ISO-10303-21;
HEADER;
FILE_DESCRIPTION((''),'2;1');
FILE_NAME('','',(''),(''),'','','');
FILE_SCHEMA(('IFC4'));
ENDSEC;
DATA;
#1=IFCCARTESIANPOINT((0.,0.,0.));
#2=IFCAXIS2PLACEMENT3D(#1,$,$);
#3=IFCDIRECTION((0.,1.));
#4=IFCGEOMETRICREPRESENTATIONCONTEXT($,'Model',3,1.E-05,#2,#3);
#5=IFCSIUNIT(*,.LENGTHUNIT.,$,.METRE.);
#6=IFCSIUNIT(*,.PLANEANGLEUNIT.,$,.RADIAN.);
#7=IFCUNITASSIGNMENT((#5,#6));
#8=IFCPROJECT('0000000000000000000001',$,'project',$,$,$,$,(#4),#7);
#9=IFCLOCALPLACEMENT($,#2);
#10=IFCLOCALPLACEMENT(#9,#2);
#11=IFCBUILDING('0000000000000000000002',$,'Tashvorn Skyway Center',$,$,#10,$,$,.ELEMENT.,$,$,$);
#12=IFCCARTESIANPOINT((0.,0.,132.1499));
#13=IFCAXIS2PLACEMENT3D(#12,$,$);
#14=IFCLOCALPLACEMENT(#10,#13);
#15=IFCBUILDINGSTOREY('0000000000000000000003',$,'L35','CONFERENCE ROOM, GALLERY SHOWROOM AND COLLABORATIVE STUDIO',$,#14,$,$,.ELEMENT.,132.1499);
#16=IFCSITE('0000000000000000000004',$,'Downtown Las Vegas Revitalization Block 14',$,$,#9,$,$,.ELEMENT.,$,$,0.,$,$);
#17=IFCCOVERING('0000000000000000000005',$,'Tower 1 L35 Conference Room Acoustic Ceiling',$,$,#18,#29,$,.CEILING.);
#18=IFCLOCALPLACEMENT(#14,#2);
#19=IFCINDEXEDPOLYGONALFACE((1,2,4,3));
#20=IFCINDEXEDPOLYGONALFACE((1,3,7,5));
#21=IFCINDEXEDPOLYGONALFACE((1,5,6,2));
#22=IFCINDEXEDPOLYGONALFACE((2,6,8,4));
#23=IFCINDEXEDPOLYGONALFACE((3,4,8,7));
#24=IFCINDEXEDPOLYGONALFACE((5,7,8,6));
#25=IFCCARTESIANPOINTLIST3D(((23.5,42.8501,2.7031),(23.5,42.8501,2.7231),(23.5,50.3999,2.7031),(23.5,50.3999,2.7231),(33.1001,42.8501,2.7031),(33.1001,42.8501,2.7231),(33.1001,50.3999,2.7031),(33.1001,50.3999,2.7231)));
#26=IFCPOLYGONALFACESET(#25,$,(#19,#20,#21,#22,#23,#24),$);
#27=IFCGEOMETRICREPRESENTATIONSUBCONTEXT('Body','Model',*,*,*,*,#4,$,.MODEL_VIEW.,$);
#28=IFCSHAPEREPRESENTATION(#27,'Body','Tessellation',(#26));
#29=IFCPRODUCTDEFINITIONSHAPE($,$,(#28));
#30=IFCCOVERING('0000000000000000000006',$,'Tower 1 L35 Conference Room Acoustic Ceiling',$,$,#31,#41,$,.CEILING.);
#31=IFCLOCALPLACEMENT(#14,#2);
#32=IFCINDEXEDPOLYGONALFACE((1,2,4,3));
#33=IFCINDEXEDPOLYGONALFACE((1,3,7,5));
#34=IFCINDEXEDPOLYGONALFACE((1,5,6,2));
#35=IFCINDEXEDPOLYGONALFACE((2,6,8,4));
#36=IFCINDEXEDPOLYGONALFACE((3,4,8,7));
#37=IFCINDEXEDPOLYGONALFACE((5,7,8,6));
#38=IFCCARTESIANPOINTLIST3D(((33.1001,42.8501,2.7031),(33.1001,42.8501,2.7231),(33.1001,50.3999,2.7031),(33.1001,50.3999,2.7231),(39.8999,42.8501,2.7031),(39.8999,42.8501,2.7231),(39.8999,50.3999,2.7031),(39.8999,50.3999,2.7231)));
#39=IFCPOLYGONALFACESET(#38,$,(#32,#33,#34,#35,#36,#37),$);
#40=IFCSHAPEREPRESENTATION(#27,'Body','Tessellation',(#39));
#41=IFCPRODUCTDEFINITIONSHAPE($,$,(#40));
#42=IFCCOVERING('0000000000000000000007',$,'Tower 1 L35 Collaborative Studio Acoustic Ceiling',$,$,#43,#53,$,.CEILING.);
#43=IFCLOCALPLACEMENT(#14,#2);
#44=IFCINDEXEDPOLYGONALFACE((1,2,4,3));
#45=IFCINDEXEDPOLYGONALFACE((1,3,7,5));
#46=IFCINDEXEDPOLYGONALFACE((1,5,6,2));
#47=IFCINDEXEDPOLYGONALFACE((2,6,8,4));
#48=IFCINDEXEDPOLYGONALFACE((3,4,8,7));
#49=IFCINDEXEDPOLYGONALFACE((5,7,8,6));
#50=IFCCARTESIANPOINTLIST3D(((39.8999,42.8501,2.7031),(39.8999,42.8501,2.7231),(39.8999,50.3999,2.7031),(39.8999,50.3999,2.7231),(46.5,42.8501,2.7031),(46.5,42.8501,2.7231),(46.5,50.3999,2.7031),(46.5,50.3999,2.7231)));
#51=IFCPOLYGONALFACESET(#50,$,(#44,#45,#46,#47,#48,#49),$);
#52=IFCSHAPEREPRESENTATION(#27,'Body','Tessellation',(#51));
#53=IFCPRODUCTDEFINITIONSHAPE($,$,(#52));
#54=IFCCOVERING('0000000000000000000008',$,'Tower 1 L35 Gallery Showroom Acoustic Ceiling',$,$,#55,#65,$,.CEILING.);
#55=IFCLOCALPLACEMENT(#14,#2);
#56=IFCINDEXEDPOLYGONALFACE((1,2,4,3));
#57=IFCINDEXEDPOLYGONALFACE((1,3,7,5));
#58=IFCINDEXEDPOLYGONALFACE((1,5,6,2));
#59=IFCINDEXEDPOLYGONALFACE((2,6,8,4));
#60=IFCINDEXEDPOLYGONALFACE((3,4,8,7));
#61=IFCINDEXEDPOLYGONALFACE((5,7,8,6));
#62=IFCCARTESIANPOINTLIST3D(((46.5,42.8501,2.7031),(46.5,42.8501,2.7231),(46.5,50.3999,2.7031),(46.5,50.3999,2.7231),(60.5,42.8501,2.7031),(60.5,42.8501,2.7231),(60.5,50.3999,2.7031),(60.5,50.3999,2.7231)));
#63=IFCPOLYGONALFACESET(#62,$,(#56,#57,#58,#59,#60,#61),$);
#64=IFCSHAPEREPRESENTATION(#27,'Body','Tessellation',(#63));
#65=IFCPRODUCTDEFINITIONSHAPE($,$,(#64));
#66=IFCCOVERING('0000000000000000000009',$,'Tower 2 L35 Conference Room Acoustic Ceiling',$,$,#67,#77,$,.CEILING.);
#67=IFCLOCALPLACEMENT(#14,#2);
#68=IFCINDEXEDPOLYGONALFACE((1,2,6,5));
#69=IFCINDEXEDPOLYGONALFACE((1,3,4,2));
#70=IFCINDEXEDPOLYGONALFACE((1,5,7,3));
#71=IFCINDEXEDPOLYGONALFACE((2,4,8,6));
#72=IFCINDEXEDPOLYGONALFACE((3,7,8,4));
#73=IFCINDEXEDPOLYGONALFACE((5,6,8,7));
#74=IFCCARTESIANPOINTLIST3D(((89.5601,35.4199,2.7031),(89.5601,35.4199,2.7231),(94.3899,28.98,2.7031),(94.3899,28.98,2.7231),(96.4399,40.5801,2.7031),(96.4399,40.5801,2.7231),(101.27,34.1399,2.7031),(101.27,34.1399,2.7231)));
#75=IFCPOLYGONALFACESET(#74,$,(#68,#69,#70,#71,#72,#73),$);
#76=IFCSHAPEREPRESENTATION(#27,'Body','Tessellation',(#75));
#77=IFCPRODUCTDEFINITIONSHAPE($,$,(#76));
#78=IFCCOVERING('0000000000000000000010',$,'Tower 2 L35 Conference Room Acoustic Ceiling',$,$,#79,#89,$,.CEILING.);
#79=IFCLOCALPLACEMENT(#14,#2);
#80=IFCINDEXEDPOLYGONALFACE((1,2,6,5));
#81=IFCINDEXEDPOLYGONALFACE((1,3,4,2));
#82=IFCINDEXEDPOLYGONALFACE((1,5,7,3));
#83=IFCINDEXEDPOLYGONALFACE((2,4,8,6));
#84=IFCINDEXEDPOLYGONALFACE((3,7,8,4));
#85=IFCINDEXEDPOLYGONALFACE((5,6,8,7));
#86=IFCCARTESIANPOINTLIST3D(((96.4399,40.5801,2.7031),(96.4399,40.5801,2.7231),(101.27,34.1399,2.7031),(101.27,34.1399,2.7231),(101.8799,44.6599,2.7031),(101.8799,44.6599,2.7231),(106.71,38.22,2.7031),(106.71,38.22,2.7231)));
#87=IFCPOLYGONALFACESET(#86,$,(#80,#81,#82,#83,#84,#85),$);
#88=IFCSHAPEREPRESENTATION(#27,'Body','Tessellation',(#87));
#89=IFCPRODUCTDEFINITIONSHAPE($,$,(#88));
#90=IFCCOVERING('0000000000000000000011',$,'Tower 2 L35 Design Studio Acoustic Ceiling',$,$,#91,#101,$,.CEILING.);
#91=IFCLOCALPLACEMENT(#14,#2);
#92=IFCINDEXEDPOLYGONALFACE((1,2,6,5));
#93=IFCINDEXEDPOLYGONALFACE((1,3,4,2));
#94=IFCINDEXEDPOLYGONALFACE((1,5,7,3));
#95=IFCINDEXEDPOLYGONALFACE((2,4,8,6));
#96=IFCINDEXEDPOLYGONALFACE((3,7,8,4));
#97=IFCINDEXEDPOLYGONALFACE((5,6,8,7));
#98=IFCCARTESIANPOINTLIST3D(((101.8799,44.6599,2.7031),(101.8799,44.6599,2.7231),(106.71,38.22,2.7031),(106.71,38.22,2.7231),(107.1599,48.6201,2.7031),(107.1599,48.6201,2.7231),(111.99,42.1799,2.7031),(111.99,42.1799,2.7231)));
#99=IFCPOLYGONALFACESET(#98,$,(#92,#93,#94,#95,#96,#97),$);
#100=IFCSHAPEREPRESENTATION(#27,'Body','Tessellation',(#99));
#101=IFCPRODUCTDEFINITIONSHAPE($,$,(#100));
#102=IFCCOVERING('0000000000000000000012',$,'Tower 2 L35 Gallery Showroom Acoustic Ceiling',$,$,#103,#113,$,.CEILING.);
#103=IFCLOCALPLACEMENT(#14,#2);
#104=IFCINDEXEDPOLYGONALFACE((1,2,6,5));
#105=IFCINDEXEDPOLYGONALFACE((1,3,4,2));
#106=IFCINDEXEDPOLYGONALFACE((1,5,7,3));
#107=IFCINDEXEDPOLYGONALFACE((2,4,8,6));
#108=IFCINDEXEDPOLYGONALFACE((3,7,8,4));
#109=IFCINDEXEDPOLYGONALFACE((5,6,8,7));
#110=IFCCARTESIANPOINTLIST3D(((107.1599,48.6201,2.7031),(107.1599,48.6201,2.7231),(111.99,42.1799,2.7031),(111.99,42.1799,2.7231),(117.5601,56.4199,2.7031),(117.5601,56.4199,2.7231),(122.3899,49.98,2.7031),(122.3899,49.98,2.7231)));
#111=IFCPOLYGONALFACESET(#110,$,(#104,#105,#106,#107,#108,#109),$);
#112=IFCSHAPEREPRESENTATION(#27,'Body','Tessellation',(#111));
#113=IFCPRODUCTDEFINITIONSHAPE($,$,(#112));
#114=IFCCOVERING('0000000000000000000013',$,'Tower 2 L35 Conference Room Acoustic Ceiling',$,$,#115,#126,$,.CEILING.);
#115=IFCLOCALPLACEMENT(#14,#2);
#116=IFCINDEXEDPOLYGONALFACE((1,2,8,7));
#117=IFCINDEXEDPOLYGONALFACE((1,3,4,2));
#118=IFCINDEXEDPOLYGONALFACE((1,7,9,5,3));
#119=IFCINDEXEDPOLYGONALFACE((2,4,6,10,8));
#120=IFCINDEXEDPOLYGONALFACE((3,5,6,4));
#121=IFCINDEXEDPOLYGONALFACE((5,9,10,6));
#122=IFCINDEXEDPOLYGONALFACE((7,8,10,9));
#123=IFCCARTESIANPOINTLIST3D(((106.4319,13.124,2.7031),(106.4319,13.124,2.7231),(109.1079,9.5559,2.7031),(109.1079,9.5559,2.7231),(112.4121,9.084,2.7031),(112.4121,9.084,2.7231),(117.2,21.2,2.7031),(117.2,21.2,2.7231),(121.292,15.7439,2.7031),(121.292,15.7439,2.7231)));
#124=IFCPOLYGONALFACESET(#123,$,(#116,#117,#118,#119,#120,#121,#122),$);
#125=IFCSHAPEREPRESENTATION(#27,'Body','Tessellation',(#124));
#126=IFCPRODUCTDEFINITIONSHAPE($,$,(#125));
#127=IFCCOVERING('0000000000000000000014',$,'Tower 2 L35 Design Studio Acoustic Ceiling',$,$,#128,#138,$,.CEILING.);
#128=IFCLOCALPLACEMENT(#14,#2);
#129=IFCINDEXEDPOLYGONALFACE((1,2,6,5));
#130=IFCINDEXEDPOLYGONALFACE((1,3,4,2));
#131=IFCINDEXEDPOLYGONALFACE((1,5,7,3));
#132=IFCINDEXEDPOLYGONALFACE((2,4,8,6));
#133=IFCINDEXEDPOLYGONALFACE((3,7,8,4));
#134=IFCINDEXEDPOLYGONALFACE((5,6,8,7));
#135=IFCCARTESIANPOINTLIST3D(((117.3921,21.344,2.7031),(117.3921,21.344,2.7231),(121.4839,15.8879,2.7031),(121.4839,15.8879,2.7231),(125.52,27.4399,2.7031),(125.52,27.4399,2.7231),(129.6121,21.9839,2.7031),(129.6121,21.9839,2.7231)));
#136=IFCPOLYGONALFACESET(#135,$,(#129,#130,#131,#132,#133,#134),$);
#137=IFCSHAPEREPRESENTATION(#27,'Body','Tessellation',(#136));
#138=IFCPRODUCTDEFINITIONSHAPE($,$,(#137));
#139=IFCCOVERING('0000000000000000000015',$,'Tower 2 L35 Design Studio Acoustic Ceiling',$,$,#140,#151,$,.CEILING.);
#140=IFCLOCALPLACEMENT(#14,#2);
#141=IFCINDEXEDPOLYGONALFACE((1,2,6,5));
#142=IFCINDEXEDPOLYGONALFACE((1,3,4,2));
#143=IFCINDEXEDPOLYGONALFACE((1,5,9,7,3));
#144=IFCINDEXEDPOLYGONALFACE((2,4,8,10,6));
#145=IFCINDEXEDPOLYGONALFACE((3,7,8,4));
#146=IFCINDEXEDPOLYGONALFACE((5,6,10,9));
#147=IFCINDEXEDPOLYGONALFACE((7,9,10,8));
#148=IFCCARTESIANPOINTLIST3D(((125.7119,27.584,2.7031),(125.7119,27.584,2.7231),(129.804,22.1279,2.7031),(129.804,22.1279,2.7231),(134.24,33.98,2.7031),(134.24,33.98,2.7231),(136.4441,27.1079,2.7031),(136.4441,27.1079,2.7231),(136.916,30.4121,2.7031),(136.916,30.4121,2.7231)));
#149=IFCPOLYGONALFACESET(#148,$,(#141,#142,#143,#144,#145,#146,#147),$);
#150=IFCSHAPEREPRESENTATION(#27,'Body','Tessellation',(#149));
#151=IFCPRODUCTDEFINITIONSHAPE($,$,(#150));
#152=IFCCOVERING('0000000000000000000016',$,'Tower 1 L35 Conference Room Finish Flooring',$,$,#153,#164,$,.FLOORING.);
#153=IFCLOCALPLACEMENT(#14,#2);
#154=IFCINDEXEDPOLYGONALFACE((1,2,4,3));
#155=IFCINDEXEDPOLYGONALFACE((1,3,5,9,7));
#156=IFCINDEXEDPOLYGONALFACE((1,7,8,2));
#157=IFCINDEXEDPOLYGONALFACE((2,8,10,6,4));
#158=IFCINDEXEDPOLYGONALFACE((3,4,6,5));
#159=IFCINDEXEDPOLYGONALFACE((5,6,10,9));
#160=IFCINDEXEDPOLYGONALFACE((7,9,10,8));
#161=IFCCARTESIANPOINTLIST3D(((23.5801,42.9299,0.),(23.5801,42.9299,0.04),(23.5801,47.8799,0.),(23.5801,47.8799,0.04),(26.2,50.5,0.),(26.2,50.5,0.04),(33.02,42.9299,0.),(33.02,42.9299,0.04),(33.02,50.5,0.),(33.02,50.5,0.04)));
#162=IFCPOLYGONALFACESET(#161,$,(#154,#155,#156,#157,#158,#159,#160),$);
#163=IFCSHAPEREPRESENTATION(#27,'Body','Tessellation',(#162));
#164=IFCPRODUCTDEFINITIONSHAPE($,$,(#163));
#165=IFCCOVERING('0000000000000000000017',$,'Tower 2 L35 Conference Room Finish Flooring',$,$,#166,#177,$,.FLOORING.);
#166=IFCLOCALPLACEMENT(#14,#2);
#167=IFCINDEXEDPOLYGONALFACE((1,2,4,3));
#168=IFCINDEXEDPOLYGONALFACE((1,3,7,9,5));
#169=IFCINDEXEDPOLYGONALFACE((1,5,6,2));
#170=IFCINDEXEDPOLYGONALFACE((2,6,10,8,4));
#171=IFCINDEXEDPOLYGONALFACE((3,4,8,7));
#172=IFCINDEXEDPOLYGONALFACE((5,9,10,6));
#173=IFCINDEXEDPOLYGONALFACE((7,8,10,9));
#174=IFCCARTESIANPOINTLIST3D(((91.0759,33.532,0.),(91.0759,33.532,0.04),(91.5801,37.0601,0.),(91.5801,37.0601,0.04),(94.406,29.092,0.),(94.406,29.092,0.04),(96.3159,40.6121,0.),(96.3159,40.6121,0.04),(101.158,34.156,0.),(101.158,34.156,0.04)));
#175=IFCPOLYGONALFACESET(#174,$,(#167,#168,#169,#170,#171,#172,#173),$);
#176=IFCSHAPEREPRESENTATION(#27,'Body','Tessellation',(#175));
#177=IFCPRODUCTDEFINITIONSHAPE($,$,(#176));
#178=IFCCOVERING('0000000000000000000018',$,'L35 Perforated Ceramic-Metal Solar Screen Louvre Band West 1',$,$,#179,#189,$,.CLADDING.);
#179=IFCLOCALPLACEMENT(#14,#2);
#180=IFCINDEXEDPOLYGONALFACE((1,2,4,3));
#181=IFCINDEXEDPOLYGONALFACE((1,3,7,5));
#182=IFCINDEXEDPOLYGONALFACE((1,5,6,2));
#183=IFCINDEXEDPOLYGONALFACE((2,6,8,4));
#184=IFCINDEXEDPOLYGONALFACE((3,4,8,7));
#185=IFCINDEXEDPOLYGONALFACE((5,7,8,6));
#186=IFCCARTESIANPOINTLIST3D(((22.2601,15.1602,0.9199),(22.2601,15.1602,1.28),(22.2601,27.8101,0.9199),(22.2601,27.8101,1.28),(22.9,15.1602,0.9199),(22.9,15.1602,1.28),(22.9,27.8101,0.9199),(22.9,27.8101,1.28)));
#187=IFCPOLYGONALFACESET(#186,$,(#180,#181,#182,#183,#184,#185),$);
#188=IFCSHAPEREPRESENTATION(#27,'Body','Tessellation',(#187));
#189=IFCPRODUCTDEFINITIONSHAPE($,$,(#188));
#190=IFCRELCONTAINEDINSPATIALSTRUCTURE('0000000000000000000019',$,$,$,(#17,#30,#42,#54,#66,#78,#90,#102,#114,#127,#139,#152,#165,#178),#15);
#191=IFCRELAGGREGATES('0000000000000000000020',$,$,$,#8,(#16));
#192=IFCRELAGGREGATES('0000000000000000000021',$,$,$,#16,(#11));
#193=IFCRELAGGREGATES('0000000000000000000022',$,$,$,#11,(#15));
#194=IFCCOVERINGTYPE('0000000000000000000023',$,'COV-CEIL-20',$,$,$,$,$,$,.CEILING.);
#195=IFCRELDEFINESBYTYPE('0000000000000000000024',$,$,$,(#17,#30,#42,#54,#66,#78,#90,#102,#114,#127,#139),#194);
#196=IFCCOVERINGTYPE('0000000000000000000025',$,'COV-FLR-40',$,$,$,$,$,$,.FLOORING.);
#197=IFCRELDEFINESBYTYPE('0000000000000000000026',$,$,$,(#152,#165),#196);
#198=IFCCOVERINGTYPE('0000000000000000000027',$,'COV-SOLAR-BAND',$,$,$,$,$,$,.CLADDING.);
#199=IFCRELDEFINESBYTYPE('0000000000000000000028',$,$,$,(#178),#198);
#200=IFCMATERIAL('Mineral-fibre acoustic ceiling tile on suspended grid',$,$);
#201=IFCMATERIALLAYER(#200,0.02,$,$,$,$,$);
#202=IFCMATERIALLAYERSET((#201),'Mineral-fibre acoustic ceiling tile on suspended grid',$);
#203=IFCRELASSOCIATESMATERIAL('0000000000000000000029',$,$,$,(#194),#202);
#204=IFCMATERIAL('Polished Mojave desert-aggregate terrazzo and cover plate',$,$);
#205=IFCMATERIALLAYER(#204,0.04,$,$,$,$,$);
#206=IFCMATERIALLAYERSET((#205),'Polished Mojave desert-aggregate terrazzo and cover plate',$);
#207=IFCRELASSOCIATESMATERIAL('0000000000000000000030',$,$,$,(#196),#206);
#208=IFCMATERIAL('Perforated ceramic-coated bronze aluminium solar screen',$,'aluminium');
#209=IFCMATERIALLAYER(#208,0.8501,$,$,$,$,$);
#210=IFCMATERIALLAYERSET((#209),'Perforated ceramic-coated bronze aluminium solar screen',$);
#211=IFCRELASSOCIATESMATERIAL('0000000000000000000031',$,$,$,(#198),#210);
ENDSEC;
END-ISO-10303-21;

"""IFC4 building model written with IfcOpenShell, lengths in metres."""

from ifc_helpers import new_model, si_unit, direction, frame, origin, origin_2d, place, context, subcontext, project, spatial, polyline, rectangle, outline, extrude, material, layer, layer_set, type_object, element, save


model = new_model("IFC4")

# Units and contexts
model_context = context("Model", 3, precision=1e-05, world=origin(), true_north=direction((0.0, 1.0)))
body_context = subcontext(model_context, "Body", "Model", "MODEL_VIEW")
ifc_project = project(units=[si_unit("LENGTHUNIT", "METRE"), si_unit("PLANEANGLEUNIT", "RADIAN")], contexts=[model_context])

# Site, building, storey
site_placement = place(None, origin())
site = spatial("IfcSite", under=ifc_project, at=site_placement, Name="Downtown Las Vegas Revitalization Block 14", CompositionType="ELEMENT", RefElevation=0.0)
building_placement = place(site_placement, origin())
building = spatial("IfcBuilding", under=site, at=building_placement, Name="Tashvorn Skyway Center", CompositionType="ELEMENT")
storey_placement = place(building_placement, frame((0.0, 0.0, 132.1499)))
storey = spatial("IfcBuildingStorey", under=building, at=storey_placement, Name="L35", Description="CONFERENCE ROOM, GALLERY SHOWROOM AND COLLABORATIVE STUDIO", CompositionType="ELEMENT", Elevation=132.1499)

# Coverings
ifc_material_1 = material(Name="Mineral-fibre acoustic ceiling tile on suspended grid")
ifc_layer_1 = layer(ifc_material_1, 0.02)
ifc_layer_set_1 = layer_set([ifc_layer_1], Name="Mineral-fibre acoustic ceiling tile on suspended grid")
covering_type_1 = type_object("IfcCoveringType", Name="COV-CEIL-20", PredefinedType="CEILING", material=ifc_layer_set_1)
covering_1_placement = place(storey_placement, frame((0.0, 0.0, 2.7031)))
element("IfcCovering", 1, at=covering_1_placement, inside=storey, type_object=covering_type_1, Name="Tower 1 L35 Conference Room Acoustic Ceiling", PredefinedType="CEILING", context=body_context, shape_type="SweptSolid", body=[
    extrude(outline(polyline([(23.5, 42.8501), (33.1001, 42.8501), (33.1001, 50.3999), (23.5, 50.3999), (23.5, 42.8501)])), origin(), (0.0, 0.0, 1.0), 0.02),
])
covering_2_placement = place(storey_placement, frame((0.0, 0.0, 2.7031)))
element("IfcCovering", 2, at=covering_2_placement, inside=storey, type_object=covering_type_1, Name="Tower 1 L35 Conference Room Acoustic Ceiling", PredefinedType="CEILING", context=body_context, shape_type="SweptSolid", body=[
    extrude(outline(polyline([(33.1001, 42.8501), (39.8999, 42.8501), (39.8999, 50.3999), (33.1001, 50.3999), (33.1001, 42.8501)])), origin(), (0.0, 0.0, 1.0), 0.02),
])
covering_3_placement = place(storey_placement, frame((0.0, 0.0, 2.7031)))
element("IfcCovering", 3, at=covering_3_placement, inside=storey, type_object=covering_type_1, Name="Tower 1 L35 Collaborative Studio Acoustic Ceiling", PredefinedType="CEILING", context=body_context, shape_type="SweptSolid", body=[
    extrude(outline(polyline([(39.8999, 42.8501), (46.5, 42.8501), (46.5, 50.3999), (39.8999, 50.3999), (39.8999, 42.8501)])), origin(), (0.0, 0.0, 1.0), 0.02),
])
covering_4_placement = place(storey_placement, frame((0.0, 0.0, 2.7031)))
element("IfcCovering", 4, at=covering_4_placement, inside=storey, type_object=covering_type_1, Name="Tower 1 L35 Gallery Showroom Acoustic Ceiling", PredefinedType="CEILING", context=body_context, shape_type="SweptSolid", body=[
    extrude(outline(polyline([(46.5, 42.8501), (60.5, 42.8501), (60.5, 50.3999), (46.5, 50.3999), (46.5, 42.8501)])), origin(), (0.0, 0.0, 1.0), 0.02),
])
covering_5_placement = place(storey_placement, frame((0.0, 0.0, 2.7031)))
element("IfcCovering", 5, at=covering_5_placement, inside=storey, type_object=covering_type_1, Name="Tower 2 L35 Conference Room Acoustic Ceiling", PredefinedType="CEILING", context=body_context, shape_type="SweptSolid", body=[
    extrude(outline(polyline([(94.3899, 28.98), (101.27, 34.1399), (96.4399, 40.5801), (89.5601, 35.4199), (94.3899, 28.98)])), origin(), (0.0, 0.0, 1.0), 0.02),
])
covering_6_placement = place(storey_placement, frame((0.0, 0.0, 2.7031)))
element("IfcCovering", 6, at=covering_6_placement, inside=storey, type_object=covering_type_1, Name="Tower 2 L35 Conference Room Acoustic Ceiling", PredefinedType="CEILING", context=body_context, shape_type="SweptSolid", body=[
    extrude(outline(polyline([(101.27, 34.1399), (106.71, 38.22), (101.8799, 44.6599), (96.4399, 40.5801), (101.27, 34.1399)])), origin(), (0.0, 0.0, 1.0), 0.02),
])
covering_7_placement = place(storey_placement, frame((0.0, 0.0, 2.7031)))
element("IfcCovering", 7, at=covering_7_placement, inside=storey, type_object=covering_type_1, Name="Tower 2 L35 Design Studio Acoustic Ceiling", PredefinedType="CEILING", context=body_context, shape_type="SweptSolid", body=[
    extrude(outline(polyline([(106.71, 38.22), (111.99, 42.1799), (107.1599, 48.6201), (101.8799, 44.6599), (106.71, 38.22)])), origin(), (0.0, 0.0, 1.0), 0.02),
])
covering_8_placement = place(storey_placement, frame((0.0, 0.0, 2.7031)))
element("IfcCovering", 8, at=covering_8_placement, inside=storey, type_object=covering_type_1, Name="Tower 2 L35 Gallery Showroom Acoustic Ceiling", PredefinedType="CEILING", context=body_context, shape_type="SweptSolid", body=[
    extrude(outline(polyline([(111.99, 42.1799), (122.3899, 49.98), (117.5601, 56.4199), (107.1599, 48.6201), (111.99, 42.1799)])), origin(), (0.0, 0.0, 1.0), 0.02),
])
covering_9_placement = place(storey_placement, frame((0.0, 0.0, 2.7031)))
element("IfcCovering", 9, at=covering_9_placement, inside=storey, type_object=covering_type_1, Name="Tower 2 L35 Conference Room Acoustic Ceiling", PredefinedType="CEILING", context=body_context, shape_type="SweptSolid", body=[
    extrude(outline(polyline([(106.4319, 13.124), (117.2, 21.2), (121.292, 15.7439), (112.4121, 9.084), (109.1079, 9.5559), (106.4319, 13.124)])), origin(), (0.0, 0.0, 1.0), 0.02),
])
covering_10_placement = place(storey_placement, frame((0.0, 0.0, 2.7031)))
element("IfcCovering", 10, at=covering_10_placement, inside=storey, type_object=covering_type_1, Name="Tower 2 L35 Design Studio Acoustic Ceiling", PredefinedType="CEILING", context=body_context, shape_type="SweptSolid", body=[
    extrude(outline(polyline([(117.3921, 21.344), (125.52, 27.4399), (129.6121, 21.9839), (121.4839, 15.8879), (117.3921, 21.344)])), origin(), (0.0, 0.0, 1.0), 0.02),
])
covering_11_placement = place(storey_placement, frame((0.0, 0.0, 2.7031)))
element("IfcCovering", 11, at=covering_11_placement, inside=storey, type_object=covering_type_1, Name="Tower 2 L35 Design Studio Acoustic Ceiling", PredefinedType="CEILING", context=body_context, shape_type="SweptSolid", body=[
    extrude(outline(polyline([(129.804, 22.1279), (125.7119, 27.584), (134.24, 33.98), (136.916, 30.4121), (136.4441, 27.1079), (129.804, 22.1279)])), origin(), (0.0, 0.0, 1.0), 0.02),
])
ifc_material_2 = material(Name="Polished Mojave desert-aggregate terrazzo and cover plate")
ifc_layer_2 = layer(ifc_material_2, 0.04)
ifc_layer_set_2 = layer_set([ifc_layer_2], Name="Polished Mojave desert-aggregate terrazzo and cover plate")
covering_type_2 = type_object("IfcCoveringType", Name="COV-FLR-40", PredefinedType="FLOORING", material=ifc_layer_set_2)
covering_12_placement = place(storey_placement, origin())
element("IfcCovering", 12, at=covering_12_placement, inside=storey, type_object=covering_type_2, Name="Tower 1 L35 Conference Room Finish Flooring", PredefinedType="FLOORING", context=body_context, shape_type="SweptSolid", body=[
    extrude(outline(polyline([(33.02, 42.9299), (23.5801, 42.9299), (23.5801, 47.8799), (26.2, 50.5), (33.02, 50.5), (33.02, 42.9299)])), origin(), (0.0, 0.0, 1.0), 0.04),
])
covering_13_placement = place(storey_placement, origin())
element("IfcCovering", 13, at=covering_13_placement, inside=storey, type_object=covering_type_2, Name="Tower 2 L35 Conference Room Finish Flooring", PredefinedType="FLOORING", context=body_context, shape_type="SweptSolid", body=[
    extrude(outline(polyline([(101.158, 34.156), (94.406, 29.092), (91.0759, 33.532), (91.5801, 37.0601), (96.3159, 40.6121), (101.158, 34.156)])), origin(), (0.0, 0.0, 1.0), 0.04),
])
ifc_material_3 = material(Name="Perforated ceramic-coated bronze aluminium solar screen", Category="aluminium")
ifc_layer_3 = layer(ifc_material_3, 0.8501)
ifc_layer_set_3 = layer_set([ifc_layer_3], Name="Perforated ceramic-coated bronze aluminium solar screen")
covering_type_3 = type_object("IfcCoveringType", Name="COV-SOLAR-BAND", PredefinedType="CLADDING", material=ifc_layer_set_3)
for number, where, z_axis, x_axis, name in (
    (14, (22.5801, 21.4851, 0.9199), (0.0, 0.0, 1.0), (0.0, 1.0, 0.0), "L35 Perforated Ceramic-Metal Solar Screen Louvre Band West 1"),
):
    element("IfcCovering", number, at=place(storey_placement, frame(where, z_axis=z_axis, x_axis=x_axis)), inside=storey, type_object=covering_type_3, Name=name, PredefinedType="CLADDING", context=body_context, shape_type="SweptSolid", body=[
        extrude(rectangle(XDim=12.6499, YDim=0.6399, at=origin_2d()), origin(), (0.0, 0.0, 1.0), 0.3601),
    ])

save(model, "model.ifc")
